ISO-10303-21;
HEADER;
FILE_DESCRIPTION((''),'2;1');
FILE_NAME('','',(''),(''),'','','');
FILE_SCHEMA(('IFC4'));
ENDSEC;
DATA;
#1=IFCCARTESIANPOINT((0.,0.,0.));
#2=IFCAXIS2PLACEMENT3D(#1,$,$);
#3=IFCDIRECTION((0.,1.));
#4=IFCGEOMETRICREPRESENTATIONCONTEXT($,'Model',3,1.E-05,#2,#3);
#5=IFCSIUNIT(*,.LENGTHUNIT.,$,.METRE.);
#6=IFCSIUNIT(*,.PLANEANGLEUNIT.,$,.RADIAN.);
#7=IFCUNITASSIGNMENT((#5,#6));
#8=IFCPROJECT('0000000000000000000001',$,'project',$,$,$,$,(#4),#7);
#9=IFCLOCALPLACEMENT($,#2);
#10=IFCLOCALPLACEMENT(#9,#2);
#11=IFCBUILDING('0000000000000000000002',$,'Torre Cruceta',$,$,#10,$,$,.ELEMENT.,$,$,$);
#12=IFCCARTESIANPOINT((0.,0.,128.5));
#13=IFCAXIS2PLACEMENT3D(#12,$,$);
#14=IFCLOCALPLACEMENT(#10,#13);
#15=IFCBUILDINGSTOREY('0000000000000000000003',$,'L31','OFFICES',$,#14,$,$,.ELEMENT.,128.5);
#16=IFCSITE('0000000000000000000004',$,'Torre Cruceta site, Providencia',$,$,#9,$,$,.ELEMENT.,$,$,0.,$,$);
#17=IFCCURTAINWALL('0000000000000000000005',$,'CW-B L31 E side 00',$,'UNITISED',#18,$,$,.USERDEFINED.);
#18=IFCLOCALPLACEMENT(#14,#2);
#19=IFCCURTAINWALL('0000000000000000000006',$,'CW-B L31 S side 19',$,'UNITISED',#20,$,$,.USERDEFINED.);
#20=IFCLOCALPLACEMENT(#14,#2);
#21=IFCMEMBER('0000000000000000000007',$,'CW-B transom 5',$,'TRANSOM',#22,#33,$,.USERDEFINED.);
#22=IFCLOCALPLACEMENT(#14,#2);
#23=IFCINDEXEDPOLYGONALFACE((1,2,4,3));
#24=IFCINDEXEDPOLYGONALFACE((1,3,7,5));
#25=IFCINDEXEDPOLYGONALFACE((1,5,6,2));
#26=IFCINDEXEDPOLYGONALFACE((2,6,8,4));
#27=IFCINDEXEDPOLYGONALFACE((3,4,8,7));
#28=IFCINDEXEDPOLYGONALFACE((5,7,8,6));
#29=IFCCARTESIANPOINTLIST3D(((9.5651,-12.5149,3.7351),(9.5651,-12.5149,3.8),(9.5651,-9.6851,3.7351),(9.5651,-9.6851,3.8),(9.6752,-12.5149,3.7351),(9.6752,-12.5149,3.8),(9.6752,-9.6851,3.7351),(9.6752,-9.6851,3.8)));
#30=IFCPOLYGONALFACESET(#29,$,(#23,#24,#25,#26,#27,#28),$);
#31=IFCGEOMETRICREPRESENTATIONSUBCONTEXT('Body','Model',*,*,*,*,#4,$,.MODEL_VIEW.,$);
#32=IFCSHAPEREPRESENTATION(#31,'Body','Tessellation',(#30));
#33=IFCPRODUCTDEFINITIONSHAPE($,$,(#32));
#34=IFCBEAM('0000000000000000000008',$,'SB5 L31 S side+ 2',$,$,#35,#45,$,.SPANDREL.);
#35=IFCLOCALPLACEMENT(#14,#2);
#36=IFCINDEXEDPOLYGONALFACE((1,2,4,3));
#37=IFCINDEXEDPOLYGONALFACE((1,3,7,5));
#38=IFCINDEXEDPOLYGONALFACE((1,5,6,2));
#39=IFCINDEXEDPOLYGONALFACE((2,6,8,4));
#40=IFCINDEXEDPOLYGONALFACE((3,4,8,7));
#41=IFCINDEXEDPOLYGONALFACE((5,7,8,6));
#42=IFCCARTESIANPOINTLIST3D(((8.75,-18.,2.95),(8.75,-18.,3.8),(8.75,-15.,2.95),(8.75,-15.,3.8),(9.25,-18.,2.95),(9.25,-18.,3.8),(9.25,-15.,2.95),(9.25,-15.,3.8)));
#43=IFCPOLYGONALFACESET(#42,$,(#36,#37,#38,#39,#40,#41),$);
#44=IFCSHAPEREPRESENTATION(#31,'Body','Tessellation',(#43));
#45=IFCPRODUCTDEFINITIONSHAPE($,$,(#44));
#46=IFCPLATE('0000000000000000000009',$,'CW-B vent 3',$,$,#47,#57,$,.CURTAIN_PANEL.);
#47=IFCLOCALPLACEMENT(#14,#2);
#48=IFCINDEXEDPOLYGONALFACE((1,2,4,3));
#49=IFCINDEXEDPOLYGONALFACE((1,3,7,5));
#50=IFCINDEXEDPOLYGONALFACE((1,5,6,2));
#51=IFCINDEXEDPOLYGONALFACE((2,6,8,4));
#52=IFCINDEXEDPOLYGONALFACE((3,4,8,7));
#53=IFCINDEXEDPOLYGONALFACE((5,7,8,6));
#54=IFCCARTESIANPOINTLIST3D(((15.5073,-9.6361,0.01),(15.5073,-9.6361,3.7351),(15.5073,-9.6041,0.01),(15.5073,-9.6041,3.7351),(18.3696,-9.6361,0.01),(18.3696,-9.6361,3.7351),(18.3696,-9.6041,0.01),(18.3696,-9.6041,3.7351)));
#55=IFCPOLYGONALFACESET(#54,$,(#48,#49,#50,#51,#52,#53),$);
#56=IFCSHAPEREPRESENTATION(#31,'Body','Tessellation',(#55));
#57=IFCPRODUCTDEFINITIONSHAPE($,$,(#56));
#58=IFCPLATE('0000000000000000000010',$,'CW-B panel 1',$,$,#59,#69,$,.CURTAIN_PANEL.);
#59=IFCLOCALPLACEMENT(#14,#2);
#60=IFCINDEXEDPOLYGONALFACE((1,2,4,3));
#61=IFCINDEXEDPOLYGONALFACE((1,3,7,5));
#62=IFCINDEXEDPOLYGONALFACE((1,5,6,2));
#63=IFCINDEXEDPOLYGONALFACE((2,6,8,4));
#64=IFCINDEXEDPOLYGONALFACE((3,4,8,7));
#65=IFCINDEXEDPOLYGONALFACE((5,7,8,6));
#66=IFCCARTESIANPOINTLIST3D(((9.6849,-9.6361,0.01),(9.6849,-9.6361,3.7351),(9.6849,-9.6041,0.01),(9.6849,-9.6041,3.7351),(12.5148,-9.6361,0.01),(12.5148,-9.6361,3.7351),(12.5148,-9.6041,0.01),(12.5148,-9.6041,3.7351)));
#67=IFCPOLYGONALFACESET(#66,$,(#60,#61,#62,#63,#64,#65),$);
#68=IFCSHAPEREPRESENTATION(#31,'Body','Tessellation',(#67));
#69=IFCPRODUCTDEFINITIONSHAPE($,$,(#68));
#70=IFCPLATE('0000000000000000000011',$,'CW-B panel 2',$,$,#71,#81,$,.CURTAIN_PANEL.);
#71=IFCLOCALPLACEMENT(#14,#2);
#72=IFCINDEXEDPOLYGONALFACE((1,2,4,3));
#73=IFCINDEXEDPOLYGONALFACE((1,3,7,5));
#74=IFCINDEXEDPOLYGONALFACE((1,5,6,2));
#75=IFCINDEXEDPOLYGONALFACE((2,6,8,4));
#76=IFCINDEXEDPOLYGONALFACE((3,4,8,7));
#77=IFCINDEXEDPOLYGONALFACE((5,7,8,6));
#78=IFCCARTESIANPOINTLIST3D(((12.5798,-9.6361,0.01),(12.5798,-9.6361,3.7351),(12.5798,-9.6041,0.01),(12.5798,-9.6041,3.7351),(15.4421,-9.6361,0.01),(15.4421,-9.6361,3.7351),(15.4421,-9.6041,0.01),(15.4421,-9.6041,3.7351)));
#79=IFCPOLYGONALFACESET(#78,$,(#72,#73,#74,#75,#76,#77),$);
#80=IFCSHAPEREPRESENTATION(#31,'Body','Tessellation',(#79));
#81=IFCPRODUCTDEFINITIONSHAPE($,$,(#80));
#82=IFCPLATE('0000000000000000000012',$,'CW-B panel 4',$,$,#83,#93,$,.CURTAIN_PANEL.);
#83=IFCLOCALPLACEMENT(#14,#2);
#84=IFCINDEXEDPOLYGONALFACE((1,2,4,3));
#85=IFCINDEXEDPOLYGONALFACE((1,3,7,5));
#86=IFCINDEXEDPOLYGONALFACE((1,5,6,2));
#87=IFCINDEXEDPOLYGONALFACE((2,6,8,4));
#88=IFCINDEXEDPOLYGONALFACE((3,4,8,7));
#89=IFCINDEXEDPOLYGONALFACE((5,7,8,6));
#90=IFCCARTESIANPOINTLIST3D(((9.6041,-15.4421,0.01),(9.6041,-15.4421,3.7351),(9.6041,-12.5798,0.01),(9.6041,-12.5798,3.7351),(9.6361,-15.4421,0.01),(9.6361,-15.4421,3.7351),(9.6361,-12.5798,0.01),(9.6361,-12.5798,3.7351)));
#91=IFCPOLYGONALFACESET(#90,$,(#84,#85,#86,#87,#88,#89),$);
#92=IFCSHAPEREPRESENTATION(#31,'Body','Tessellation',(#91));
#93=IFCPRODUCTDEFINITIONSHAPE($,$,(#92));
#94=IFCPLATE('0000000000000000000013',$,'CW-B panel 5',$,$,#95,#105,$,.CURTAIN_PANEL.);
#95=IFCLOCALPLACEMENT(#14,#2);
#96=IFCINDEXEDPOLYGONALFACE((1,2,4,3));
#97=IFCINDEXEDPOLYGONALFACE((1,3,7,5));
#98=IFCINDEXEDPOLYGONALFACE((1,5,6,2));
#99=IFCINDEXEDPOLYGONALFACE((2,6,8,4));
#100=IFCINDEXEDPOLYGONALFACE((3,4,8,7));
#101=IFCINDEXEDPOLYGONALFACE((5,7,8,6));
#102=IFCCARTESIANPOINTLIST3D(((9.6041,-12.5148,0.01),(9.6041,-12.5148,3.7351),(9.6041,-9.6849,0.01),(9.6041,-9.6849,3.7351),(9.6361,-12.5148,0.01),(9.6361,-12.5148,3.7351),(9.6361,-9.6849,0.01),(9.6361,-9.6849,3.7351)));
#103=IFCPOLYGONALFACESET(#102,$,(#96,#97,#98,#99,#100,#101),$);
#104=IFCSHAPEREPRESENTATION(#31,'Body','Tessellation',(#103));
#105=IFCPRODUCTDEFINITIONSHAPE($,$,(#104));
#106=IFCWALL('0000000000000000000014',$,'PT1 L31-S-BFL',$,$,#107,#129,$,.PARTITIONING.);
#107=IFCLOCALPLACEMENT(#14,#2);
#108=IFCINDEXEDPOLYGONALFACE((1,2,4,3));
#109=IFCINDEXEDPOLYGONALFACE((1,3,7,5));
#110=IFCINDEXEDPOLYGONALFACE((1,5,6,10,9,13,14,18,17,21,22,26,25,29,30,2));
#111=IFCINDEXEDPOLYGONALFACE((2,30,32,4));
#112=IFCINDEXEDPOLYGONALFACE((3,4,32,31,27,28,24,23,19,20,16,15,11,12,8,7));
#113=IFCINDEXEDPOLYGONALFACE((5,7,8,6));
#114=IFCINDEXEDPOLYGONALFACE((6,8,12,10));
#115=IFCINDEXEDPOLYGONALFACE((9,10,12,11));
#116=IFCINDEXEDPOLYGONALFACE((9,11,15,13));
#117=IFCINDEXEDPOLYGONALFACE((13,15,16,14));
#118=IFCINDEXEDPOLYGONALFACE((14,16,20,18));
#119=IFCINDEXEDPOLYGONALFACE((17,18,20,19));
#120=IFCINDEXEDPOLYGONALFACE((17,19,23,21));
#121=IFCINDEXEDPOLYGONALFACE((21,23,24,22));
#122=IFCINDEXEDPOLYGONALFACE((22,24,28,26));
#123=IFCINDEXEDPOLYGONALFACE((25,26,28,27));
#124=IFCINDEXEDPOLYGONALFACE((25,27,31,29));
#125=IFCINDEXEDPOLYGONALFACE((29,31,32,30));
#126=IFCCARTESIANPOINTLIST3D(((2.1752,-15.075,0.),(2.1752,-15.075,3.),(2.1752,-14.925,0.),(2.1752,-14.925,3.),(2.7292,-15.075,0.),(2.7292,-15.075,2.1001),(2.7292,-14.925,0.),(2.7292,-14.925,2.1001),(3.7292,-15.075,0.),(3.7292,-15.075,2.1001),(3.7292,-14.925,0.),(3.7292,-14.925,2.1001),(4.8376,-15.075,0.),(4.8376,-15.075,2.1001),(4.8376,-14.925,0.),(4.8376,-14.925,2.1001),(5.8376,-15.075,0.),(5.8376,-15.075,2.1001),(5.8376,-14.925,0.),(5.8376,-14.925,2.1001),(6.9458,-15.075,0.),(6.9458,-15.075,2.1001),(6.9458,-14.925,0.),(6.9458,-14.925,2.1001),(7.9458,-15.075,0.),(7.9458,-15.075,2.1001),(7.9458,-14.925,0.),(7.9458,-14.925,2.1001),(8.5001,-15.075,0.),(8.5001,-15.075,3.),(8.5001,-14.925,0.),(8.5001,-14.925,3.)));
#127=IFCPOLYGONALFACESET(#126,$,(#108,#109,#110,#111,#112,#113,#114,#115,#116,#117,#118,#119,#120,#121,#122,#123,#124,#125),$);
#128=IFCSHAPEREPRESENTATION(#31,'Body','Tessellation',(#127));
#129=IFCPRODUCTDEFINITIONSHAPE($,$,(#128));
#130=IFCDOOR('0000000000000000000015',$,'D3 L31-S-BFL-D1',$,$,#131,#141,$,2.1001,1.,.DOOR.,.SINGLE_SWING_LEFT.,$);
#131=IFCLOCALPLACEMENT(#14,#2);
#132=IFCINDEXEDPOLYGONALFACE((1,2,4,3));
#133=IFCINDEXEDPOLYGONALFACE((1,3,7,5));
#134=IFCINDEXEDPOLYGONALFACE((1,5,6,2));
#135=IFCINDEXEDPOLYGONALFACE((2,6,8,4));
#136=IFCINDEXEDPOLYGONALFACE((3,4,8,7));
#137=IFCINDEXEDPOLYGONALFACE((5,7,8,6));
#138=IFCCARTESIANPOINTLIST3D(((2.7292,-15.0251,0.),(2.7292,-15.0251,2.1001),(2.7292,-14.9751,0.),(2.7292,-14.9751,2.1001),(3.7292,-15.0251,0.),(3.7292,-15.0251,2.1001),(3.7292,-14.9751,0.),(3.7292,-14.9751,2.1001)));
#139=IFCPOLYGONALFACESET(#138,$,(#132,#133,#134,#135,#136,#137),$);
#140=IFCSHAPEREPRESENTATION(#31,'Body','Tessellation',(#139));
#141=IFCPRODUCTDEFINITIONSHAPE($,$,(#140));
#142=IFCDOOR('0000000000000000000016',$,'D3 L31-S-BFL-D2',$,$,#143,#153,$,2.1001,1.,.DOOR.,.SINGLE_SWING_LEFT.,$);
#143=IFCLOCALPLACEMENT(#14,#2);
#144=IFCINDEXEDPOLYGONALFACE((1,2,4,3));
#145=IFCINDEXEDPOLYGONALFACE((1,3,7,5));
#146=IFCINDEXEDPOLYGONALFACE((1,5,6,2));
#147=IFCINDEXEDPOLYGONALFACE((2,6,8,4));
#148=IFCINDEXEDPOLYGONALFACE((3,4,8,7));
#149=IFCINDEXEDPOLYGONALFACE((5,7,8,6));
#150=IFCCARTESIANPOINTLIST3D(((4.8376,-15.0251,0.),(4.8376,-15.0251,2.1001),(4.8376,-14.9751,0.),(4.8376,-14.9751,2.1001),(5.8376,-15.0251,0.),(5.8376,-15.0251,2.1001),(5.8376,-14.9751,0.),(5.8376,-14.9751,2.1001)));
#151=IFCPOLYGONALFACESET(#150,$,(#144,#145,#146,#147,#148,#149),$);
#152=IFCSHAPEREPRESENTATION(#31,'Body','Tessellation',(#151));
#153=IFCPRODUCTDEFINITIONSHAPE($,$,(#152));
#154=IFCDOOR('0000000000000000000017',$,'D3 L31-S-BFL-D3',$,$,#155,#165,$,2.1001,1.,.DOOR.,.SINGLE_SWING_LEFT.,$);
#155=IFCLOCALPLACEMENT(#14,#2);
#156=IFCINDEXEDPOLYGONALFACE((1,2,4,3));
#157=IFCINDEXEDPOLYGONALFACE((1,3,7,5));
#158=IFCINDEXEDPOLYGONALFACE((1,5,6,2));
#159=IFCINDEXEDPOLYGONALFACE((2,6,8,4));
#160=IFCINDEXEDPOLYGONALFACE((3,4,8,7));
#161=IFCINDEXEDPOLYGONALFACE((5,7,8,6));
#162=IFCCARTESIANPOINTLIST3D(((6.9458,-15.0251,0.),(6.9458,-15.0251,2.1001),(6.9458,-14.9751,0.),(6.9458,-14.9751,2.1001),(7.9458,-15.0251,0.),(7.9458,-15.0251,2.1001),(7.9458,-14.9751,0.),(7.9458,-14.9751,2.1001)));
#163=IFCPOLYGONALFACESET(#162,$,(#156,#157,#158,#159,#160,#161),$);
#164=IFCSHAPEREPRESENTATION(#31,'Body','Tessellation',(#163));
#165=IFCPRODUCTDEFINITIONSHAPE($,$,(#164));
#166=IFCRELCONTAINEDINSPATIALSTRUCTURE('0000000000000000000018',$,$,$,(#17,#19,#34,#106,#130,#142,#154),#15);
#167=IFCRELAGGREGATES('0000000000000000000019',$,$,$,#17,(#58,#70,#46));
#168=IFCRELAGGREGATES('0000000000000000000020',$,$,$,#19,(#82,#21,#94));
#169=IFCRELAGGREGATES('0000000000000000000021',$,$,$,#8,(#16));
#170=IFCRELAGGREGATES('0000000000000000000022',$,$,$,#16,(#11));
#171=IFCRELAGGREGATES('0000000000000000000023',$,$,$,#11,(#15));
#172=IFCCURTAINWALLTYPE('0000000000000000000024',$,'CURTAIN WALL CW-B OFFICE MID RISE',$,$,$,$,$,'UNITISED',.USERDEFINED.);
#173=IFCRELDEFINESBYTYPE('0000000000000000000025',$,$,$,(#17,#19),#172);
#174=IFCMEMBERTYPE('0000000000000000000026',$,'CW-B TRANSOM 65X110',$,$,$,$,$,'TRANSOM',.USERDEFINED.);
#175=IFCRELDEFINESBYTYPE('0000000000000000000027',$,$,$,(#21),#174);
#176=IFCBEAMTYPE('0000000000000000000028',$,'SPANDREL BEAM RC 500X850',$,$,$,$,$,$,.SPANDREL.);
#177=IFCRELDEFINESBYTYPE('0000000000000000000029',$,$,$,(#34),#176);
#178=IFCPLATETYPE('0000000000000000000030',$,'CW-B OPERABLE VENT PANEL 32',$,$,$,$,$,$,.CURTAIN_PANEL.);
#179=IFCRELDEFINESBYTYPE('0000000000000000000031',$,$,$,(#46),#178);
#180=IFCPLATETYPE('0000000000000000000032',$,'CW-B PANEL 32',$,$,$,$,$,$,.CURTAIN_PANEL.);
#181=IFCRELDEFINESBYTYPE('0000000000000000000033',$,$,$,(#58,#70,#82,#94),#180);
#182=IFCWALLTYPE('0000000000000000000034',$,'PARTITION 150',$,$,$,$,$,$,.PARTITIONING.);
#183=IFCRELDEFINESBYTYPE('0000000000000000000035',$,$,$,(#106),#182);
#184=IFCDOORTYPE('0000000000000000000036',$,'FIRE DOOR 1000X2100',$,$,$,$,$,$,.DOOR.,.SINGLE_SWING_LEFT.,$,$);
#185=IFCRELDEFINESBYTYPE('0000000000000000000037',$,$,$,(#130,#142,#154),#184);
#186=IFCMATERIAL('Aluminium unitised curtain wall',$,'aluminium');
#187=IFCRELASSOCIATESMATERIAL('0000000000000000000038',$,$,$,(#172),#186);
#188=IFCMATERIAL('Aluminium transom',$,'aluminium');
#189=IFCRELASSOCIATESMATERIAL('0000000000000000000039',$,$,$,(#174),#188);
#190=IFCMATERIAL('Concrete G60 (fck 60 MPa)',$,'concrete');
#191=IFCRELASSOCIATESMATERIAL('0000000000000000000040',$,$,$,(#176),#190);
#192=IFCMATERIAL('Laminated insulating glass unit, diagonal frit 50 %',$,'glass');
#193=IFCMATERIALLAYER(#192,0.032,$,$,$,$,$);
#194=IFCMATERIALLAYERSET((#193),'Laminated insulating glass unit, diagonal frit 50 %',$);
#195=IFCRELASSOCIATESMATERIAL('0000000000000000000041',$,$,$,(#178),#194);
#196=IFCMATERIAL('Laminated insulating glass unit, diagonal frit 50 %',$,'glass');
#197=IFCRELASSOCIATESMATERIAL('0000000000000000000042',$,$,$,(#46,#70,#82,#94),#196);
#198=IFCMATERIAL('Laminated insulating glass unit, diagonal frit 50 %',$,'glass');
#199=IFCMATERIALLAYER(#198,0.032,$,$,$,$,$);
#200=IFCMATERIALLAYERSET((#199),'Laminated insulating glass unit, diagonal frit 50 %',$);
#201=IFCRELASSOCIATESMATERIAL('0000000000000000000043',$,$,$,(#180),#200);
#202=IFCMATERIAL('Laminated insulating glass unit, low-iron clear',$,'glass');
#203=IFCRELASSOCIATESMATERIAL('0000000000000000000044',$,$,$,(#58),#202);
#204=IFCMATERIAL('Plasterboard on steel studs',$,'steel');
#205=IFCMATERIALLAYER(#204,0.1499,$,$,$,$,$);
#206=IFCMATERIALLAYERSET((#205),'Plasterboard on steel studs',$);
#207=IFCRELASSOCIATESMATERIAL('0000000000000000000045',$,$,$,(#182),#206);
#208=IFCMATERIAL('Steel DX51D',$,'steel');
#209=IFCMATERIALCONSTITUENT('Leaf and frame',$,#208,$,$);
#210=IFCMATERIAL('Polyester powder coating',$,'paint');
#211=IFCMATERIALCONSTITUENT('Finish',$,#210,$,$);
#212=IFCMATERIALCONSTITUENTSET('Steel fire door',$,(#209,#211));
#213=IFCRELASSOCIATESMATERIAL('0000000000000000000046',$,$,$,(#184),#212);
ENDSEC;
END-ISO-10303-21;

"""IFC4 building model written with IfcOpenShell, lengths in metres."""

from ifc_helpers import new_model, si_unit, direction, frame, frame_2d, origin, origin_2d, place, context, subcontext, project, spatial, rectangle, extrude, material, layer, layer_set, constituent, constituent_set, material_profile, profile_set, type_object, element, fill, aggregate, save


model = new_model("IFC4")

# Units and contexts
model_context = context("Model", 3, precision=1e-05, world=origin(), true_north=direction((0.0, 1.0)))
body_context = subcontext(model_context, "Body", "Model", "MODEL_VIEW")
ifc_project = project(units=[si_unit("LENGTHUNIT", "METRE"), si_unit("PLANEANGLEUNIT", "RADIAN")], contexts=[model_context])

# Site, building, storey
site_placement = place(None, origin())
site = spatial("IfcSite", under=ifc_project, at=site_placement, Name="Torre Cruceta site, Providencia", CompositionType="ELEMENT", RefElevation=0.0)
building_placement = place(site_placement, origin())
building = spatial("IfcBuilding", under=site, at=building_placement, Name="Torre Cruceta", CompositionType="ELEMENT")
storey_placement = place(building_placement, frame((0.0, 0.0, 128.5)))
storey = spatial("IfcBuildingStorey", under=building, at=storey_placement, Name="L31", Description="OFFICES", CompositionType="ELEMENT", Elevation=128.5)

# Curtain walls
ifc_material_1 = material(Name="Aluminium unitised curtain wall", Category="aluminium")
curtain_wall_type = type_object("IfcCurtainWallType", Name="CURTAIN WALL CW-B OFFICE MID RISE", ElementType="UNITISED", PredefinedType="USERDEFINED", material=ifc_material_1)
curtain_wall_1_placement = place(storey_placement, origin())
curtain_wall_1 = element("IfcCurtainWall", 1, at=curtain_wall_1_placement, inside=storey, type_object=curtain_wall_type, Name="CW-B L31 E side 00", ObjectType="UNITISED", PredefinedType="USERDEFINED")
curtain_wall_2_placement = place(storey_placement, origin())
curtain_wall_2 = element("IfcCurtainWall", 2, at=curtain_wall_2_placement, inside=storey, type_object=curtain_wall_type, Name="CW-B L31 S side 19", ObjectType="UNITISED", PredefinedType="USERDEFINED")

# Member
ifc_material_2 = material(Name="Aluminium transom", Category="aluminium")
ifc_material_profile_1 = material_profile(ifc_material_2, rectangle(XDim=0.1101, YDim=0.0649, at=origin_2d()), Name="AL 110X65")
ifc_profile_set_1 = profile_set([ifc_material_profile_1], Name="Aluminium transom")
member_type_1 = type_object("IfcMemberType", Name="CW-B TRANSOM 65X110", ElementType="TRANSOM", PredefinedType="USERDEFINED", material=ifc_profile_set_1)
member_1_placement = place(storey_placement, frame((9.6201, -12.5149, 3.7676), z_axis=(0.0, 1.0, 0.0), x_axis=(-1.0, 0.0, 0.0)))
member_1 = element("IfcMember", 3, at=member_1_placement, type_object=member_type_1, Name="CW-B transom 5", ObjectType="TRANSOM", PredefinedType="USERDEFINED", context=body_context, shape_type="SweptSolid", body=[
    extrude(rectangle(XDim=0.1101, YDim=0.0649, at=origin_2d()), origin(), (0.0, 0.0, 1.0), 2.8298),
])

# Beam
ifc_material_3 = material(Name="Concrete G60 (fck 60 MPa)", Category="concrete")
ifc_material_profile_2 = material_profile(ifc_material_3, rectangle(XDim=0.5, YDim=0.8501, at=origin_2d()), Name="RC 500X850")
ifc_profile_set_2 = profile_set([ifc_material_profile_2], Name="Concrete G60 (fck 60 MPa)")
beam_type_1 = type_object("IfcBeamType", Name="SPANDREL BEAM RC 500X850", PredefinedType="SPANDREL", material=ifc_profile_set_2)
beam_1_placement = place(storey_placement, frame((9.0, -15.0, 3.375), z_axis=(0.0, -1.0, 0.0), x_axis=(1.0, 0.0, 0.0)))
element("IfcBeam", 4, at=beam_1_placement, inside=storey, type_object=beam_type_1, Name="SB5 L31 S side+ 2", PredefinedType="SPANDREL", context=body_context, shape_type="SweptSolid", body=[
    extrude(rectangle(XDim=0.5, YDim=0.8501, at=origin_2d()), origin(), (0.0, 0.0, 1.0), 3.0),
])

# Plates
ifc_material_4 = material(Name="Laminated insulating glass unit, diagonal frit 50 %", Category="glass")
ifc_material_5 = material(Name="Laminated insulating glass unit, diagonal frit 50 %", Category="glass")
ifc_layer_1 = layer(ifc_material_5, 0.032)
ifc_layer_set_1 = layer_set([ifc_layer_1], Name="Laminated insulating glass unit, diagonal frit 50 %")
plate_type_1 = type_object("IfcPlateType", Name="CW-B OPERABLE VENT PANEL 32", PredefinedType="CURTAIN_PANEL", material=ifc_layer_set_1)
plate_1_placement = place(storey_placement, frame((16.9385, -9.6201, 0.01), z_axis=(0.0, 0.0, 1.0), x_axis=(1.0, 0.0, 0.0)))
plate_1 = element("IfcPlate", 5, at=plate_1_placement, type_object=plate_type_1, material=ifc_material_4, Name="CW-B vent 3", PredefinedType="CURTAIN_PANEL", context=body_context, shape_type="SweptSolid", body=[
    extrude(rectangle(XDim=2.8623, YDim=0.032, at=origin_2d()), origin(), (0.0, 0.0, 1.0), 3.7251),
])
ifc_material_6 = material(Name="Laminated insulating glass unit, low-iron clear", Category="glass")
ifc_material_7 = material(Name="Laminated insulating glass unit, diagonal frit 50 %", Category="glass")
ifc_layer_2 = layer(ifc_material_7, 0.032)
ifc_layer_set_2 = layer_set([ifc_layer_2], Name="Laminated insulating glass unit, diagonal frit 50 %")
plate_type_2 = type_object("IfcPlateType", Name="CW-B PANEL 32", PredefinedType="CURTAIN_PANEL", material=ifc_layer_set_2)
plate_2_placement = place(storey_placement, frame((11.0999, -9.6201, 0.01), z_axis=(0.0, 0.0, 1.0), x_axis=(1.0, 0.0, 0.0)))
plate_2 = element("IfcPlate", 6, at=plate_2_placement, type_object=plate_type_2, material=ifc_material_6, Name="CW-B panel 1", PredefinedType="CURTAIN_PANEL", context=body_context, shape_type="SweptSolid", body=[
    extrude(rectangle(XDim=2.8298, YDim=0.032, at=origin_2d()), origin(), (0.0, 0.0, 1.0), 3.7251),
])
plate_3_placement = place(storey_placement, frame((14.011, -9.6201, 0.01), z_axis=(0.0, 0.0, 1.0), x_axis=(1.0, 0.0, 0.0)))
plate_3 = element("IfcPlate", 7, at=plate_3_placement, type_object=plate_type_2, material=ifc_material_4, Name="CW-B panel 2", PredefinedType="CURTAIN_PANEL", context=body_context, shape_type="SweptSolid", body=[
    extrude(rectangle(XDim=2.8623, YDim=0.032, at=origin_2d()), origin(), (0.0, 0.0, 1.0), 3.7251),
])
aggregate(curtain_wall_1, [plate_2, plate_3, plate_1])
plate_4_placement = place(storey_placement, frame((9.6201, -14.011, 0.01), z_axis=(0.0, 0.0, 1.0), x_axis=(0.0, 1.0, 0.0)))
plate_4 = element("IfcPlate", 8, at=plate_4_placement, type_object=plate_type_2, material=ifc_material_4, Name="CW-B panel 4", PredefinedType="CURTAIN_PANEL", context=body_context, shape_type="SweptSolid", body=[
    extrude(rectangle(XDim=2.8623, YDim=0.032, at=origin_2d()), origin(), (0.0, 0.0, 1.0), 3.7251),
])
plate_5_placement = place(storey_placement, frame((9.6201, -11.0999, 0.01), z_axis=(0.0, 0.0, 1.0), x_axis=(0.0, 1.0, 0.0)))
plate_5 = element("IfcPlate", 9, at=plate_5_placement, type_object=plate_type_2, material=ifc_material_4, Name="CW-B panel 5", PredefinedType="CURTAIN_PANEL", context=body_context, shape_type="SweptSolid", body=[
    extrude(rectangle(XDim=2.8298, YDim=0.032, at=origin_2d()), origin(), (0.0, 0.0, 1.0), 3.7251),
])
aggregate(curtain_wall_2, [plate_4, member_1, plate_5])

# Wall, openings, doors
ifc_material_8 = material(Name="Plasterboard on steel studs", Category="steel")
ifc_layer_3 = layer(ifc_material_8, 0.1499)
ifc_layer_set_3 = layer_set([ifc_layer_3], Name="Plasterboard on steel studs")
wall_type_1 = type_object("IfcWallType", Name="PARTITION 150", PredefinedType="PARTITIONING", material=ifc_layer_set_3)
wall_1_placement = place(storey_placement, frame((2.175, -15.0, 0.0), z_axis=(0.0, 0.0, 1.0), x_axis=(1.0, 0.0, 0.0)))
wall_1 = element("IfcWall", 10, at=wall_1_placement, inside=storey, type_object=wall_type_1, Name="PT1 L31-S-BFL", PredefinedType="PARTITIONING", context=body_context, shape_type="SweptSolid", body=[
    extrude(rectangle(XDim=6.325, YDim=0.1499, at=frame_2d((3.1626, 0.0))), origin(), (0.0, 0.0, 1.0), 3.0),
])
opening_1_placement = place(wall_1_placement, frame((0.5542, 0.0, 0.0)))
opening_1 = element("IfcOpeningElement", 11, at=opening_1_placement, cuts=wall_1, PredefinedType="OPENING", context=body_context, shape_type="SweptSolid", body=[
    extrude(rectangle(XDim=1.0, YDim=2.1001, at=frame_2d((0.5, 1.05))), frame((0.0, 0.085, 0.0), z_axis=(0.0, -1.0, 0.0), x_axis=(1.0, 0.0, 0.0)), (0.0, 0.0, 1.0), 0.1699),
])
opening_2_placement = place(wall_1_placement, frame((2.6626, 0.0, 0.0)))
opening_2 = element("IfcOpeningElement", 12, at=opening_2_placement, cuts=wall_1, PredefinedType="OPENING", context=body_context, shape_type="SweptSolid", body=[
    extrude(rectangle(XDim=1.0, YDim=2.1001, at=frame_2d((0.5, 1.05))), frame((0.0, 0.085, 0.0), z_axis=(0.0, -1.0, 0.0), x_axis=(1.0, 0.0, 0.0)), (0.0, 0.0, 1.0), 0.1699),
])
opening_3_placement = place(wall_1_placement, frame((4.7708, 0.0, 0.0)))
opening_3 = element("IfcOpeningElement", 13, at=opening_3_placement, cuts=wall_1, PredefinedType="OPENING", context=body_context, shape_type="SweptSolid", body=[
    extrude(rectangle(XDim=1.0, YDim=2.1001, at=frame_2d((0.5, 1.05))), frame((0.0, 0.085, 0.0), z_axis=(0.0, -1.0, 0.0), x_axis=(1.0, 0.0, 0.0)), (0.0, 0.0, 1.0), 0.1699),
])
ifc_material_9 = material(Name="Steel DX51D", Category="steel")
ifc_constituent_1 = constituent(ifc_material_9, Name="Leaf and frame")
ifc_material_10 = material(Name="Polyester powder coating", Category="paint")
ifc_constituent_2 = constituent(ifc_material_10, Name="Finish")
ifc_constituent_set = constituent_set(constituents=[ifc_constituent_1, ifc_constituent_2], Name="Steel fire door")
door_type = type_object("IfcDoorType", Name="FIRE DOOR 1000X2100", OperationType="SINGLE_SWING_LEFT", PredefinedType="DOOR", material=ifc_constituent_set)
door_1_placement = place(opening_1_placement, origin())
door_1 = element("IfcDoor", 14, at=door_1_placement, inside=storey, type_object=door_type, Name="D3 L31-S-BFL-D1", OperationType="SINGLE_SWING_LEFT", OverallHeight=2.1001, OverallWidth=1.0, PredefinedType="DOOR", context=body_context, shape_type="SweptSolid", body=[
    extrude(rectangle(XDim=1.0, YDim=2.1001, at=frame_2d((0.5, 1.05))), frame((0.0, 0.0249, 0.0), z_axis=(0.0, -1.0, 0.0), x_axis=(1.0, 0.0, 0.0)), (0.0, 0.0, 1.0), 0.05),
])
fill(opening_1, door_1)
door_2_placement = place(opening_2_placement, origin())
door_2 = element("IfcDoor", 15, at=door_2_placement, inside=storey, type_object=door_type, Name="D3 L31-S-BFL-D2", OperationType="SINGLE_SWING_LEFT", OverallHeight=2.1001, OverallWidth=1.0, PredefinedType="DOOR", context=body_context, shape_type="SweptSolid", body=[
    extrude(rectangle(XDim=1.0, YDim=2.1001, at=frame_2d((0.5, 1.05))), frame((0.0, 0.0249, 0.0), z_axis=(0.0, -1.0, 0.0), x_axis=(1.0, 0.0, 0.0)), (0.0, 0.0, 1.0), 0.05),
])
fill(opening_2, door_2)
door_3_placement = place(opening_3_placement, origin())
door_3 = element("IfcDoor", 16, at=door_3_placement, inside=storey, type_object=door_type, Name="D3 L31-S-BFL-D3", OperationType="SINGLE_SWING_LEFT", OverallHeight=2.1001, OverallWidth=1.0, PredefinedType="DOOR", context=body_context, shape_type="SweptSolid", body=[
    extrude(rectangle(XDim=1.0, YDim=2.1001, at=frame_2d((0.5, 1.05))), frame((0.0, 0.0249, 0.0), z_axis=(0.0, -1.0, 0.0), x_axis=(1.0, 0.0, 0.0)), (0.0, 0.0, 1.0), 0.05),
])
fill(opening_3, door_3)

save(model, "model.ifc")
